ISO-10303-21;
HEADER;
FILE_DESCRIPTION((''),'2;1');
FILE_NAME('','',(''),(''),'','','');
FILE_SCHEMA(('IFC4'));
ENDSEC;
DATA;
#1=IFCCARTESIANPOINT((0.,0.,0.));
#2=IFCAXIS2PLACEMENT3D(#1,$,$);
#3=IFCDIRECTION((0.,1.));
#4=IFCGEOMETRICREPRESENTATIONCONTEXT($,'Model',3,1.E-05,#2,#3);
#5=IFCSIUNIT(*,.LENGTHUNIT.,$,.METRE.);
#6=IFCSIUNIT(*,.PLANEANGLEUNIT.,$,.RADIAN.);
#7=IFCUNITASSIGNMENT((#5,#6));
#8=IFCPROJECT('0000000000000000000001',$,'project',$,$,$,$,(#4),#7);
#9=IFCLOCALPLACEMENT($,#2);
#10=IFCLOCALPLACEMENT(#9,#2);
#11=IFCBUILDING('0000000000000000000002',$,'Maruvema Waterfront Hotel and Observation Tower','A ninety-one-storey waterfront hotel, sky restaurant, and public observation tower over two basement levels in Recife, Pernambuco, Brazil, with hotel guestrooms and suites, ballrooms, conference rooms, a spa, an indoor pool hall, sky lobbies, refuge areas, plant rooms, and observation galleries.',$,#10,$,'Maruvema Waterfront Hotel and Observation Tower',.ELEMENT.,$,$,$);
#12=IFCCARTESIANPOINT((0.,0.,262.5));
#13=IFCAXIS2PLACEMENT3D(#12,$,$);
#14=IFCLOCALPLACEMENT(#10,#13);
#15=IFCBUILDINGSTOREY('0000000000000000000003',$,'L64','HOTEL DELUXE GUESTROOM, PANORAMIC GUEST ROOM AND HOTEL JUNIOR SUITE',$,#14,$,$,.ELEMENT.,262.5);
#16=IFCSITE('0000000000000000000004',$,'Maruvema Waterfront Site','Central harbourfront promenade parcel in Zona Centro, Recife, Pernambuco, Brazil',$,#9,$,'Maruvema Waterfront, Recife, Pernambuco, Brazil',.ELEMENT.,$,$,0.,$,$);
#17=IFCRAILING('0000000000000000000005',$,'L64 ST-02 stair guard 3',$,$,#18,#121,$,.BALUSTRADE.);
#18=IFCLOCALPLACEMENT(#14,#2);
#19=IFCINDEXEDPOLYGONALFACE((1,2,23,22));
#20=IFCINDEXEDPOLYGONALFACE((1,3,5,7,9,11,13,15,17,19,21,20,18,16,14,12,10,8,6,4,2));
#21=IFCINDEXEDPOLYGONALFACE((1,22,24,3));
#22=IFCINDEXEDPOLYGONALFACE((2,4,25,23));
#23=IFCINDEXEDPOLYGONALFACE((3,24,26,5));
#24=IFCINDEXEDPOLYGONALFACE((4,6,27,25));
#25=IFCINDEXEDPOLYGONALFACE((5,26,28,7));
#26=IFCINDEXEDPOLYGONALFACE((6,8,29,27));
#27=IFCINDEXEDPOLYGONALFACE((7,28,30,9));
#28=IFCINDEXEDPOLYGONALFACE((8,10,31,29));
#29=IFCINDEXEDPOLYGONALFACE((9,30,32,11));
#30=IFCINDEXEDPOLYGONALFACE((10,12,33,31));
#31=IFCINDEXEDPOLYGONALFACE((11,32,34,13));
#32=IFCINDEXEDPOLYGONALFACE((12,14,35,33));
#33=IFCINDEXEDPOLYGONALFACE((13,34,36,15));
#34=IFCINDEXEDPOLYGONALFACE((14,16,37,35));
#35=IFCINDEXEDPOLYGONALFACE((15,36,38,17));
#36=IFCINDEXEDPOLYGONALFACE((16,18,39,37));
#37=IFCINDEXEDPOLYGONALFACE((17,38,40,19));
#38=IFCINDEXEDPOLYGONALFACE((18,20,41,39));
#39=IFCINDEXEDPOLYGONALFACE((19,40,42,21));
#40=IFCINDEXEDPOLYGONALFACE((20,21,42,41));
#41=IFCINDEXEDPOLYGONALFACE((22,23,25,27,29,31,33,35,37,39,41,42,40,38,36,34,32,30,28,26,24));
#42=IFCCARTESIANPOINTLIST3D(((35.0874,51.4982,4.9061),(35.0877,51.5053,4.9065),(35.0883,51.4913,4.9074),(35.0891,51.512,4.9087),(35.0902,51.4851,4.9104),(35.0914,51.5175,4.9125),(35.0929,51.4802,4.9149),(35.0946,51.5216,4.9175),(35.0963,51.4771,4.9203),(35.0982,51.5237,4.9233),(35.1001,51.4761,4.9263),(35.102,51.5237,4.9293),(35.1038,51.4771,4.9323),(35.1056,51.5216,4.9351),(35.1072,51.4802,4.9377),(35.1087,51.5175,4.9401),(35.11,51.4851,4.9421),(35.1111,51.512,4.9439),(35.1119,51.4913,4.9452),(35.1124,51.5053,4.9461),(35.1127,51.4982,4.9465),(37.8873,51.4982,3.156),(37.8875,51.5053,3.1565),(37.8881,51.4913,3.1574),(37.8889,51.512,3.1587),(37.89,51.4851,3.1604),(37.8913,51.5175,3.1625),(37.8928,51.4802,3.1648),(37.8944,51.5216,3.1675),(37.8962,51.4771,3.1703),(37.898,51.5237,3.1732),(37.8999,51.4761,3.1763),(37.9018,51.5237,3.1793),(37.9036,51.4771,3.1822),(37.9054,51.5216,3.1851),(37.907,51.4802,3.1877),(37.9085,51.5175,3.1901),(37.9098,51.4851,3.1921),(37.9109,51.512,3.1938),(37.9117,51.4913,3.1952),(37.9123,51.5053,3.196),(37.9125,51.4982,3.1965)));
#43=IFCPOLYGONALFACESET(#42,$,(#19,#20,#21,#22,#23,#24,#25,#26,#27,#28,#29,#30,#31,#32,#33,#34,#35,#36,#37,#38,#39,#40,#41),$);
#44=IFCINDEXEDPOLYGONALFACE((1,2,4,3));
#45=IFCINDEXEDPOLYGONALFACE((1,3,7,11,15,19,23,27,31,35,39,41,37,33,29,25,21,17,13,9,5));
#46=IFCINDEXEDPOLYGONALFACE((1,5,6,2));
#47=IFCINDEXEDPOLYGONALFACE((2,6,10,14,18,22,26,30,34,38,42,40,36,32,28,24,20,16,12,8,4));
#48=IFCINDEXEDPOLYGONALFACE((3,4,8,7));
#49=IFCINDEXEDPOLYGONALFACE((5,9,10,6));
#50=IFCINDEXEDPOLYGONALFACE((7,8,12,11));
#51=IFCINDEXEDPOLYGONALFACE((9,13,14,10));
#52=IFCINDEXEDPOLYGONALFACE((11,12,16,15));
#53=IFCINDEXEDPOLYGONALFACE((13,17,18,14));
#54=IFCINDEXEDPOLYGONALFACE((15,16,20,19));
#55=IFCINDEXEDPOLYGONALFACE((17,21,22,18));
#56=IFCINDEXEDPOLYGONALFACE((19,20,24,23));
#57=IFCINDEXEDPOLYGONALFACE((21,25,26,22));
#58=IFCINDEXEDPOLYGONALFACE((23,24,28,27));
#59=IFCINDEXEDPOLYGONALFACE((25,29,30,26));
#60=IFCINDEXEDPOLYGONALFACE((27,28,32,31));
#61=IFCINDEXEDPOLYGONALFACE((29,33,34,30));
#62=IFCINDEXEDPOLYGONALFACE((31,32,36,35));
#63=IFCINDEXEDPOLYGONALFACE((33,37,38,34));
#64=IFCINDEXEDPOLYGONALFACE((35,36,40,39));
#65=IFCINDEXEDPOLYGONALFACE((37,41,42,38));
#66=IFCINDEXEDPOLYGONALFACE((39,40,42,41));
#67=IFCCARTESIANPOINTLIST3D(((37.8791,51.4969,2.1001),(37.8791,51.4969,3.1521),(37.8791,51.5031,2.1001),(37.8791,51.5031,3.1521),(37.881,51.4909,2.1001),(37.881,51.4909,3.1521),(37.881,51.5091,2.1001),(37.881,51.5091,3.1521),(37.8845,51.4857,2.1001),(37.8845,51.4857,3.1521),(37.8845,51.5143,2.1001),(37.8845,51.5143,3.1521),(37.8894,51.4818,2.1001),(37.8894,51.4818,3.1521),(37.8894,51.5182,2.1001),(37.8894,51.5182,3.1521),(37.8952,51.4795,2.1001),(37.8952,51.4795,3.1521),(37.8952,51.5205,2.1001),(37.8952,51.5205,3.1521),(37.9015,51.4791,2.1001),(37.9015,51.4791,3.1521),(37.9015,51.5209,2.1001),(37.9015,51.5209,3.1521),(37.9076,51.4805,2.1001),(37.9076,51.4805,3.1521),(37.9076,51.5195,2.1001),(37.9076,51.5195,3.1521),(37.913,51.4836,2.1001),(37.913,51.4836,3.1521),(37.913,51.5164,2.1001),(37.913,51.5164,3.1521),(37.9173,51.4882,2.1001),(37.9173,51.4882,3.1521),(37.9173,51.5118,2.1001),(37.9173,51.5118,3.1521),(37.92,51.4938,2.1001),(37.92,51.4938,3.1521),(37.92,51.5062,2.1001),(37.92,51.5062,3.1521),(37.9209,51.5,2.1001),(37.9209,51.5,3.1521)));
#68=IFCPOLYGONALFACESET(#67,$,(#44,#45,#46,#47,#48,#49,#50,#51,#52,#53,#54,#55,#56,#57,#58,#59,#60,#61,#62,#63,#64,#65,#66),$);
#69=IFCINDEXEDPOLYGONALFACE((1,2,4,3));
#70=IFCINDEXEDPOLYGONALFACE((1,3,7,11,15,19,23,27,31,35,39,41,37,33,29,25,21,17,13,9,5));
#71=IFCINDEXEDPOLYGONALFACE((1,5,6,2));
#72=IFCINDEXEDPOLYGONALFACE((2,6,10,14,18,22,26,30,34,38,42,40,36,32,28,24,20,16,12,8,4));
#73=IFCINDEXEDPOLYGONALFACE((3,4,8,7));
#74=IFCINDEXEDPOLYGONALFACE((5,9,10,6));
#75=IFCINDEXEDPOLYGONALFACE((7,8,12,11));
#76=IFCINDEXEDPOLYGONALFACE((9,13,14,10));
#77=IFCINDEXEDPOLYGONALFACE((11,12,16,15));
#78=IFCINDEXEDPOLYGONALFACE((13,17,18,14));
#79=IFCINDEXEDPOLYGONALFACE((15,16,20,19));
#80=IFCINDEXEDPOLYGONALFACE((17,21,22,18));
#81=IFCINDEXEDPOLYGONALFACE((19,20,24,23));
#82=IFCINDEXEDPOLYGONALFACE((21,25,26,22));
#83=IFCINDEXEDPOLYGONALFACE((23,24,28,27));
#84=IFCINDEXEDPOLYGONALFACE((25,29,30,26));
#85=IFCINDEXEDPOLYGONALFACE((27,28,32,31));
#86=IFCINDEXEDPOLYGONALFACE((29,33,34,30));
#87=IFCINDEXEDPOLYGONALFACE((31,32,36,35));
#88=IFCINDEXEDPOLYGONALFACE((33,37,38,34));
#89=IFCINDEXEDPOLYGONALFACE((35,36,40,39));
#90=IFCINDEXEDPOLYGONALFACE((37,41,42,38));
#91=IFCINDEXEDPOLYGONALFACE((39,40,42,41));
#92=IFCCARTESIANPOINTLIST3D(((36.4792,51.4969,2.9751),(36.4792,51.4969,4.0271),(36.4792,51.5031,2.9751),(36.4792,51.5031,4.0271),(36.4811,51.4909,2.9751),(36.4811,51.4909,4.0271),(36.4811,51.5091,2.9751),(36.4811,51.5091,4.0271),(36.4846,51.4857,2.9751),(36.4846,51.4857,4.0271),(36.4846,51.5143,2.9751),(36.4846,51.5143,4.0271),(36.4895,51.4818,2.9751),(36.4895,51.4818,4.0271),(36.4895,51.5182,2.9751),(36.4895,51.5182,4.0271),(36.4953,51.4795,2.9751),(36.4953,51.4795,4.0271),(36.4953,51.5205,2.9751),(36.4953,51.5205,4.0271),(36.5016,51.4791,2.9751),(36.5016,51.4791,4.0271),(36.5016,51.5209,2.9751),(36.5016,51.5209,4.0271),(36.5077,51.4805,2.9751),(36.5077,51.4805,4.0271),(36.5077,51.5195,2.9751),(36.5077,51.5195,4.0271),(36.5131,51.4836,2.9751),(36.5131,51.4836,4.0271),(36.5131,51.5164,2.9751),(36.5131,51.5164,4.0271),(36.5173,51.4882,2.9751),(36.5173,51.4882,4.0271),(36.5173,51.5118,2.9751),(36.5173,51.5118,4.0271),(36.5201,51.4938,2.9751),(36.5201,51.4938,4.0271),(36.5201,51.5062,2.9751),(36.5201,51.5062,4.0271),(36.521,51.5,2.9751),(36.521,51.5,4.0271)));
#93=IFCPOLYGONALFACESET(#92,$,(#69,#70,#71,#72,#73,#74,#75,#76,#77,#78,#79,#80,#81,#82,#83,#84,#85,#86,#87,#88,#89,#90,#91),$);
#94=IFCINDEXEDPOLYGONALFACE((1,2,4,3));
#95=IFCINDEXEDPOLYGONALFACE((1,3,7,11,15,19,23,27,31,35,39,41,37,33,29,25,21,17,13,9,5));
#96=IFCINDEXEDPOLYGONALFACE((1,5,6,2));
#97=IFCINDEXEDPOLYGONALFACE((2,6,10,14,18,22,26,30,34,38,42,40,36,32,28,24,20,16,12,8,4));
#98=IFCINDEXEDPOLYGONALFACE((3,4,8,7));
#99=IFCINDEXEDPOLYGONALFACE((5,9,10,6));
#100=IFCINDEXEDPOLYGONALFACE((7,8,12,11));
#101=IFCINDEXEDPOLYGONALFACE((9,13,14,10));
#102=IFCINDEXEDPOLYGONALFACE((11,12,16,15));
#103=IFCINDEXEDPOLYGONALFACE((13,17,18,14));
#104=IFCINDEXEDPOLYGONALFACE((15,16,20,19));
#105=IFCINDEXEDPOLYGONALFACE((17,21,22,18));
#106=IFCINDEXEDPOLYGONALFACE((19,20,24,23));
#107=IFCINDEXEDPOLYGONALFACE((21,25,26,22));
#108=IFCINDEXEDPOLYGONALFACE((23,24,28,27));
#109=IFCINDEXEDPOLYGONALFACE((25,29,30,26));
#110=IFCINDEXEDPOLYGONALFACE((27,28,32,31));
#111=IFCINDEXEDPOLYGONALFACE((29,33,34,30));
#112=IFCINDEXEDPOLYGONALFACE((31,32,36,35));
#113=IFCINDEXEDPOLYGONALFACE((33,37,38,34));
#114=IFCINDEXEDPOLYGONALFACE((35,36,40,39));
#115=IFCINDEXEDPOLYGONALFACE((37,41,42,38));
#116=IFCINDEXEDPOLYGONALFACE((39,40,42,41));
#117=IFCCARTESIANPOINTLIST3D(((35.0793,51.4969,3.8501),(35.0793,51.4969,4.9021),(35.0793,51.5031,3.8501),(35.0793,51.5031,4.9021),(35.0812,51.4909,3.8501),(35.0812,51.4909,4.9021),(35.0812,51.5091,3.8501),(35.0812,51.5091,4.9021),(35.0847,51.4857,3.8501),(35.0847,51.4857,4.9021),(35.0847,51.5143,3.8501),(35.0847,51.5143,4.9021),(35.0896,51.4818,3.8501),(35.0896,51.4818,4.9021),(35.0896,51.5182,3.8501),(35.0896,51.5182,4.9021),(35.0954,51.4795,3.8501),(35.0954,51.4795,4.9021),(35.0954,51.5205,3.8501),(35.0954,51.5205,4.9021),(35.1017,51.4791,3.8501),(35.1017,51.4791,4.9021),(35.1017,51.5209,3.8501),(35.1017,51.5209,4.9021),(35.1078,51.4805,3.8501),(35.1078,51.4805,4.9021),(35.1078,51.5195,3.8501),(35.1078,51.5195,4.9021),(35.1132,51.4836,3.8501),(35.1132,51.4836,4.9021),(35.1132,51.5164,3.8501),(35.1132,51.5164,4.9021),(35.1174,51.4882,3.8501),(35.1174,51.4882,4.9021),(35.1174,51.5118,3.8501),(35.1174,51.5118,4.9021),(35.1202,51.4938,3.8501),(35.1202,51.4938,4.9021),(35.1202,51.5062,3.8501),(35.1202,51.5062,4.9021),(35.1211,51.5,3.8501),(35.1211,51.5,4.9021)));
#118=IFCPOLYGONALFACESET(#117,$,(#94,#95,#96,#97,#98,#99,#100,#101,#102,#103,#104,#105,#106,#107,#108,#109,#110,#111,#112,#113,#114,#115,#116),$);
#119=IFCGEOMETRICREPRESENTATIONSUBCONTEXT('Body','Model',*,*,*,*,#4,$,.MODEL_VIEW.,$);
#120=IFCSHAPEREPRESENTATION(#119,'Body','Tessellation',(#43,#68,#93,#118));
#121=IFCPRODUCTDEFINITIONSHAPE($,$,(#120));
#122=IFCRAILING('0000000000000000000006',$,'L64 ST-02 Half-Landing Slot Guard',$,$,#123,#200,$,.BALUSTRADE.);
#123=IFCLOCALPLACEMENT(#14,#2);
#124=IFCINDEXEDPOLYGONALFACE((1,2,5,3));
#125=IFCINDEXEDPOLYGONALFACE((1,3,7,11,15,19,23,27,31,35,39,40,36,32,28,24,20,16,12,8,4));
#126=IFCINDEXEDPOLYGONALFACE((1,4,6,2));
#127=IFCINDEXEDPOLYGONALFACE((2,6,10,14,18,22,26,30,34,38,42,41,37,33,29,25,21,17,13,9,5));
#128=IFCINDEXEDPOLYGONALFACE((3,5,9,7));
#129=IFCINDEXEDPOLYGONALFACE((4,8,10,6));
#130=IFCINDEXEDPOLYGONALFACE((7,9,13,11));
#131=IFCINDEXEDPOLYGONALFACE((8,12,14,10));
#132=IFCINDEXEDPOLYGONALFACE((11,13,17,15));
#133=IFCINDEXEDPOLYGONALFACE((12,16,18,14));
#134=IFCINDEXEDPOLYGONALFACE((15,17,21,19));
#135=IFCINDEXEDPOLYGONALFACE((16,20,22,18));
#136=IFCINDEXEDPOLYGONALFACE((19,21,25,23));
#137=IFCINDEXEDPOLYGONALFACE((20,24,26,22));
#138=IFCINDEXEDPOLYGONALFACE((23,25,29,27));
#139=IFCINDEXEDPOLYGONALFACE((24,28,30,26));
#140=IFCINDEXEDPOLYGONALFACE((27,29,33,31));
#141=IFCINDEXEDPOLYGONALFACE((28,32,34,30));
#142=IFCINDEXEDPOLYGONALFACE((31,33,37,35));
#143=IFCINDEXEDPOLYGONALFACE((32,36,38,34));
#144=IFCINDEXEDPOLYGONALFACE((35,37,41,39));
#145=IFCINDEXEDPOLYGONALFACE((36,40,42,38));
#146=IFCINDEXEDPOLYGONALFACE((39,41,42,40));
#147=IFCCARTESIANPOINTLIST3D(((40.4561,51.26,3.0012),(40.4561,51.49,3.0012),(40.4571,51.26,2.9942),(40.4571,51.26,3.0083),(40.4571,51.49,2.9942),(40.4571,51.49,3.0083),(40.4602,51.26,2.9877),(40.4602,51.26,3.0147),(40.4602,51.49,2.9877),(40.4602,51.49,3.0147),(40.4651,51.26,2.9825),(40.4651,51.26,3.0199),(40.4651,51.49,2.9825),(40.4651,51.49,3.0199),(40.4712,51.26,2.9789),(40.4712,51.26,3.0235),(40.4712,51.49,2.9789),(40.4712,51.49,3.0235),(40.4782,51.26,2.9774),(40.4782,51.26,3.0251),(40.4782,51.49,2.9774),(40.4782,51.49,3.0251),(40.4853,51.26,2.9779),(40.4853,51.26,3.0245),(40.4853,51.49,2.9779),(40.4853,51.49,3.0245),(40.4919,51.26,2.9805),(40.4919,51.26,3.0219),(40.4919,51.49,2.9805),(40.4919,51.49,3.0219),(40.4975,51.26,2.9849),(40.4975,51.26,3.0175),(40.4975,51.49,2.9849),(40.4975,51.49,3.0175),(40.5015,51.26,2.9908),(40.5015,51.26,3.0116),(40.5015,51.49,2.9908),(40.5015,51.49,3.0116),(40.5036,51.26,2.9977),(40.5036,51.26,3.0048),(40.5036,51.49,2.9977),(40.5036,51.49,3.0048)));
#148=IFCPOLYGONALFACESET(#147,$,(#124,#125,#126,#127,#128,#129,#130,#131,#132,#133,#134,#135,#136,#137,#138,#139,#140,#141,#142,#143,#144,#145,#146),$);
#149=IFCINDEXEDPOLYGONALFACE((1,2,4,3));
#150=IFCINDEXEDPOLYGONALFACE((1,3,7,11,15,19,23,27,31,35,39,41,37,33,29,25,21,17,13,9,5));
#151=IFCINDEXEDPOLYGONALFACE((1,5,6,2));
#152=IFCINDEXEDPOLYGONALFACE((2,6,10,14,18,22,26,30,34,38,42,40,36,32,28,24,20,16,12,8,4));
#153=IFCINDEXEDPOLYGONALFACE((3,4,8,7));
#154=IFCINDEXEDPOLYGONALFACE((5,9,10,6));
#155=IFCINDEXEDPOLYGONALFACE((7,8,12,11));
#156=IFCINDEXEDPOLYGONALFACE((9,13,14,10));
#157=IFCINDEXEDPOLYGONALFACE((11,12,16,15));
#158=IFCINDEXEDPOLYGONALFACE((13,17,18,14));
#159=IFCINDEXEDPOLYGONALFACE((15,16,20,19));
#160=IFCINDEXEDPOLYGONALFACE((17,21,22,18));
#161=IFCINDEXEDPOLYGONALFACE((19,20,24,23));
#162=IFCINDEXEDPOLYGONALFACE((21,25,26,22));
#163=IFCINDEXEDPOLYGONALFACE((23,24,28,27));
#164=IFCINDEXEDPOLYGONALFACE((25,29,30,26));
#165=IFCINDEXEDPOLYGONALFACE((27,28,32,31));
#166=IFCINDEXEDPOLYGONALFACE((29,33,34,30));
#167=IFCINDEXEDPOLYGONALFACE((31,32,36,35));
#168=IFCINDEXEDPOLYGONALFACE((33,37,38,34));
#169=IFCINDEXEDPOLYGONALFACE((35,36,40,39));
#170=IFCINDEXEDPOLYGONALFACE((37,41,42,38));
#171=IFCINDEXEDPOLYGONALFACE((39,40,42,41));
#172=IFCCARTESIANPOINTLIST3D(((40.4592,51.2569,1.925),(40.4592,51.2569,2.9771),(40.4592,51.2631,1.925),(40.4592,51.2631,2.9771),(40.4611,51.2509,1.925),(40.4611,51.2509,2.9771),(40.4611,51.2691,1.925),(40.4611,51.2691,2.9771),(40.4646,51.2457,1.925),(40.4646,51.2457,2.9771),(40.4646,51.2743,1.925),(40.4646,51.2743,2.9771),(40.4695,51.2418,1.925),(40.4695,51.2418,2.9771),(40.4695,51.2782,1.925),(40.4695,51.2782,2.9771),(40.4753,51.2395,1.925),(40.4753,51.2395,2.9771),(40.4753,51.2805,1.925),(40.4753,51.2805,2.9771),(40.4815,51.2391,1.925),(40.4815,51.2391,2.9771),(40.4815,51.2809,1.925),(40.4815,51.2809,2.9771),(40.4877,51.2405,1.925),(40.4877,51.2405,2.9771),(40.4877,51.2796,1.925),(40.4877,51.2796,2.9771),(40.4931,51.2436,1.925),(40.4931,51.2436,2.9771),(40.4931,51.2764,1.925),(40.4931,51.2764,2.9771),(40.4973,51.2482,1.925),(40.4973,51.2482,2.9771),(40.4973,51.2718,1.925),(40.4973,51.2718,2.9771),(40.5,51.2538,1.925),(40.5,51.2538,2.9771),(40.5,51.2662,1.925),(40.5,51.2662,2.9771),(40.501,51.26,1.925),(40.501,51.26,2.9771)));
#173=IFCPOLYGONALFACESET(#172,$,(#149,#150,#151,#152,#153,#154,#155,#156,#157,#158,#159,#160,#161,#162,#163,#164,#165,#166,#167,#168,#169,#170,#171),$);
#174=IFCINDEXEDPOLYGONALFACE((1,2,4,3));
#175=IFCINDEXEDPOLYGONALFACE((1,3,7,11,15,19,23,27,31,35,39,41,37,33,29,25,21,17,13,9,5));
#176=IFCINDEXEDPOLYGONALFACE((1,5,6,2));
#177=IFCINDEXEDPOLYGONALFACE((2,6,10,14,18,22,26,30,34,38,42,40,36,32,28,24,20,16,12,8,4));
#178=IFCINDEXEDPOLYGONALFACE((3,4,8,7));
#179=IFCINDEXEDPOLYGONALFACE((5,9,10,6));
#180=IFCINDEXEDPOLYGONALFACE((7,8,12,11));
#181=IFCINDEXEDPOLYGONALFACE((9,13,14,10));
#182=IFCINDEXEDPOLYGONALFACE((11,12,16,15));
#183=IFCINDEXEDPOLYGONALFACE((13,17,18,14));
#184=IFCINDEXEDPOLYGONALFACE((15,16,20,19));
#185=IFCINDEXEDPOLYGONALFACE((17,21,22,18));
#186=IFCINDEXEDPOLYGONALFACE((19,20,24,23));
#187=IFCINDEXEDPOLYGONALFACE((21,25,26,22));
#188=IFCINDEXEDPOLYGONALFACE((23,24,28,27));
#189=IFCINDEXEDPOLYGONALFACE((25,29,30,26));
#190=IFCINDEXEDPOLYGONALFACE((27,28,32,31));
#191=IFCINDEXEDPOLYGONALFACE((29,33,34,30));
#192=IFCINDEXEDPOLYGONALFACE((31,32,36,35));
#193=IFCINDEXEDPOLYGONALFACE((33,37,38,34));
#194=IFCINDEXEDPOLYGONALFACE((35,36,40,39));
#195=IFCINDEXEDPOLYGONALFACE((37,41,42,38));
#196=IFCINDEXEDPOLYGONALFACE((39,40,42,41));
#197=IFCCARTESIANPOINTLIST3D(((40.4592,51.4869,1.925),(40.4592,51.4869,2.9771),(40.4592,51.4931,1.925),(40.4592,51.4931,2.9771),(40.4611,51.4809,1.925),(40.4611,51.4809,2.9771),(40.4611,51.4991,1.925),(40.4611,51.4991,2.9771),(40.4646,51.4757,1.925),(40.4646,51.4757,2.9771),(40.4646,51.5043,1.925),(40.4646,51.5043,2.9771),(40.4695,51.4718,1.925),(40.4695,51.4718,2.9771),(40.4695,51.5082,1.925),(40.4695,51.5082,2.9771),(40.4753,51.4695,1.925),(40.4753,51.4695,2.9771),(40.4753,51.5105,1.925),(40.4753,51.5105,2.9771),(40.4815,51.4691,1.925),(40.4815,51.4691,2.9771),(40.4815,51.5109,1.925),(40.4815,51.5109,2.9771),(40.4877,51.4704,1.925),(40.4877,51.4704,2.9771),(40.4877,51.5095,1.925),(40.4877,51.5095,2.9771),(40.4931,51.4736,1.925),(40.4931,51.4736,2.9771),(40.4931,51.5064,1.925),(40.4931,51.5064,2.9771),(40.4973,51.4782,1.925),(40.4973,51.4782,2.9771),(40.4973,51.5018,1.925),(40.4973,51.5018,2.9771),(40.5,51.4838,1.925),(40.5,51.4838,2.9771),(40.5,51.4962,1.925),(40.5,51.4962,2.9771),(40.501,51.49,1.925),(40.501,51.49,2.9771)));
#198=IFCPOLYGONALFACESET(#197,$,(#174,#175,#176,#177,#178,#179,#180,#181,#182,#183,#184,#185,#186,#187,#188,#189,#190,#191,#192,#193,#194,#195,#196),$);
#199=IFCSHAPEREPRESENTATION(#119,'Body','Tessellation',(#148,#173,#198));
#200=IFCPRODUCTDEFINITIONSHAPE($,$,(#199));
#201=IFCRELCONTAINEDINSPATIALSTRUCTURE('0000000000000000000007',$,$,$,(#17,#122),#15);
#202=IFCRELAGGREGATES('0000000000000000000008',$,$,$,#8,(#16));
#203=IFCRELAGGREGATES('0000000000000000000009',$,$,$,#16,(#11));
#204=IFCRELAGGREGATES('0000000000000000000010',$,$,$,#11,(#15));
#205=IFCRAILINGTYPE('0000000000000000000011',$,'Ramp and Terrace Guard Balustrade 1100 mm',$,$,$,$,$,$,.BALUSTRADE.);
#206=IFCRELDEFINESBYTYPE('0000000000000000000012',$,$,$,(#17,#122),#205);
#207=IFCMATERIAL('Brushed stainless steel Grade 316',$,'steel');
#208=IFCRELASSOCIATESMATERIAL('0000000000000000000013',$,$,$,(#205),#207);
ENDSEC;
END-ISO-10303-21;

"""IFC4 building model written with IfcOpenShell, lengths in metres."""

from ifc_helpers import new_model, si_unit, direction, frame, origin, origin_2d, place, context, subcontext, project, spatial, circle, extrude, material, type_object, element, save


model = new_model("IFC4")

# Units and contexts
model_context = context("Model", 3, precision=1e-05, world=origin(), true_north=direction((0.0, 1.0)))
body_context = subcontext(model_context, "Body", "Model", "MODEL_VIEW")
ifc_project = project(units=[si_unit("LENGTHUNIT", "METRE"), si_unit("PLANEANGLEUNIT", "RADIAN")], contexts=[model_context])

# Site, building, storey
site_placement = place(None, origin())
site = spatial("IfcSite", under=ifc_project, at=site_placement, Name="Maruvema Waterfront Site", Description="Central harbourfront promenade parcel in Zona Centro, Recife, Pernambuco, Brazil", LongName="Maruvema Waterfront, Recife, Pernambuco, Brazil", CompositionType="ELEMENT", RefElevation=0.0)
building_placement = place(site_placement, origin())
building = spatial("IfcBuilding", under=site, at=building_placement, Name="Maruvema Waterfront Hotel and Observation Tower", Description="A ninety-one-storey waterfront hotel, sky restaurant, and public observation tower over two basement levels in Recife, Pernambuco, Brazil, with hotel guestrooms and suites, ballrooms, conference rooms, a spa, an indoor pool hall, sky lobbies, refuge areas, plant rooms, and observation galleries.", LongName="Maruvema Waterfront Hotel and Observation Tower", CompositionType="ELEMENT")
storey_placement = place(building_placement, frame((0.0, 0.0, 262.5)))
storey = spatial("IfcBuildingStorey", under=building, at=storey_placement, Name="L64", Description="HOTEL DELUXE GUESTROOM, PANORAMIC GUEST ROOM AND HOTEL JUNIOR SUITE", CompositionType="ELEMENT", Elevation=262.5)

# Railings
ifc_material_1 = material(Name="Brushed stainless steel Grade 316", Category="steel")
railing_type_1 = type_object("IfcRailingType", Name="Ramp and Terrace Guard Balustrade 1100 mm", PredefinedType="BALUSTRADE", material=ifc_material_1)
railing_1_placement = place(storey_placement, frame((37.8999, 51.5, 2.1001)))
element("IfcRailing", 1, at=railing_1_placement, inside=storey, type_object=railing_type_1, Name="L64 ST-02 stair guard 3", PredefinedType="BALUSTRADE", context=body_context, shape_type="SweptSolid", body=[
    extrude(circle(Radius=0.0239, at=origin_2d()), frame((0.0, 0.0, 1.0762), z_axis=(-0.847982, 0.0, 0.530026), x_axis=(0.0, -1.0, 0.0)), (0.0, 0.0, 1.0), 3.3018),
    extrude(circle(Radius=0.021, at=origin_2d()), origin(), (0.0, 0.0, 1.0), 1.052),
    extrude(circle(Radius=0.021, at=origin_2d()), frame((-1.3999, 0.0, 0.875)), (0.0, 0.0, 1.0), 1.052),
    extrude(circle(Radius=0.021, at=origin_2d()), frame((-2.7998, 0.0, 1.75)), (0.0, 0.0, 1.0), 1.052),
])
railing_2_placement = place(storey_placement, frame((40.48, 51.26, 1.925)))
element("IfcRailing", 2, at=railing_2_placement, inside=storey, type_object=railing_type_1, Name="L64 ST-02 Half-Landing Slot Guard", PredefinedType="BALUSTRADE", context=body_context, shape_type="SweptSolid", body=[
    extrude(circle(Radius=0.0239, at=origin_2d()), frame((0.0, 0.0, 1.0762), z_axis=(0.0, 1.0, 0.0), x_axis=(-1.0, 0.0, 0.0)), (0.0, 0.0, 1.0), 0.23),
    extrude(circle(Radius=0.021, at=origin_2d()), origin(), (0.0, 0.0, 1.0), 1.052),
    extrude(circle(Radius=0.021, at=origin_2d()), frame((0.0, 0.23, 0.0)), (0.0, 0.0, 1.0), 1.052),
])

save(model, "model.ifc")
